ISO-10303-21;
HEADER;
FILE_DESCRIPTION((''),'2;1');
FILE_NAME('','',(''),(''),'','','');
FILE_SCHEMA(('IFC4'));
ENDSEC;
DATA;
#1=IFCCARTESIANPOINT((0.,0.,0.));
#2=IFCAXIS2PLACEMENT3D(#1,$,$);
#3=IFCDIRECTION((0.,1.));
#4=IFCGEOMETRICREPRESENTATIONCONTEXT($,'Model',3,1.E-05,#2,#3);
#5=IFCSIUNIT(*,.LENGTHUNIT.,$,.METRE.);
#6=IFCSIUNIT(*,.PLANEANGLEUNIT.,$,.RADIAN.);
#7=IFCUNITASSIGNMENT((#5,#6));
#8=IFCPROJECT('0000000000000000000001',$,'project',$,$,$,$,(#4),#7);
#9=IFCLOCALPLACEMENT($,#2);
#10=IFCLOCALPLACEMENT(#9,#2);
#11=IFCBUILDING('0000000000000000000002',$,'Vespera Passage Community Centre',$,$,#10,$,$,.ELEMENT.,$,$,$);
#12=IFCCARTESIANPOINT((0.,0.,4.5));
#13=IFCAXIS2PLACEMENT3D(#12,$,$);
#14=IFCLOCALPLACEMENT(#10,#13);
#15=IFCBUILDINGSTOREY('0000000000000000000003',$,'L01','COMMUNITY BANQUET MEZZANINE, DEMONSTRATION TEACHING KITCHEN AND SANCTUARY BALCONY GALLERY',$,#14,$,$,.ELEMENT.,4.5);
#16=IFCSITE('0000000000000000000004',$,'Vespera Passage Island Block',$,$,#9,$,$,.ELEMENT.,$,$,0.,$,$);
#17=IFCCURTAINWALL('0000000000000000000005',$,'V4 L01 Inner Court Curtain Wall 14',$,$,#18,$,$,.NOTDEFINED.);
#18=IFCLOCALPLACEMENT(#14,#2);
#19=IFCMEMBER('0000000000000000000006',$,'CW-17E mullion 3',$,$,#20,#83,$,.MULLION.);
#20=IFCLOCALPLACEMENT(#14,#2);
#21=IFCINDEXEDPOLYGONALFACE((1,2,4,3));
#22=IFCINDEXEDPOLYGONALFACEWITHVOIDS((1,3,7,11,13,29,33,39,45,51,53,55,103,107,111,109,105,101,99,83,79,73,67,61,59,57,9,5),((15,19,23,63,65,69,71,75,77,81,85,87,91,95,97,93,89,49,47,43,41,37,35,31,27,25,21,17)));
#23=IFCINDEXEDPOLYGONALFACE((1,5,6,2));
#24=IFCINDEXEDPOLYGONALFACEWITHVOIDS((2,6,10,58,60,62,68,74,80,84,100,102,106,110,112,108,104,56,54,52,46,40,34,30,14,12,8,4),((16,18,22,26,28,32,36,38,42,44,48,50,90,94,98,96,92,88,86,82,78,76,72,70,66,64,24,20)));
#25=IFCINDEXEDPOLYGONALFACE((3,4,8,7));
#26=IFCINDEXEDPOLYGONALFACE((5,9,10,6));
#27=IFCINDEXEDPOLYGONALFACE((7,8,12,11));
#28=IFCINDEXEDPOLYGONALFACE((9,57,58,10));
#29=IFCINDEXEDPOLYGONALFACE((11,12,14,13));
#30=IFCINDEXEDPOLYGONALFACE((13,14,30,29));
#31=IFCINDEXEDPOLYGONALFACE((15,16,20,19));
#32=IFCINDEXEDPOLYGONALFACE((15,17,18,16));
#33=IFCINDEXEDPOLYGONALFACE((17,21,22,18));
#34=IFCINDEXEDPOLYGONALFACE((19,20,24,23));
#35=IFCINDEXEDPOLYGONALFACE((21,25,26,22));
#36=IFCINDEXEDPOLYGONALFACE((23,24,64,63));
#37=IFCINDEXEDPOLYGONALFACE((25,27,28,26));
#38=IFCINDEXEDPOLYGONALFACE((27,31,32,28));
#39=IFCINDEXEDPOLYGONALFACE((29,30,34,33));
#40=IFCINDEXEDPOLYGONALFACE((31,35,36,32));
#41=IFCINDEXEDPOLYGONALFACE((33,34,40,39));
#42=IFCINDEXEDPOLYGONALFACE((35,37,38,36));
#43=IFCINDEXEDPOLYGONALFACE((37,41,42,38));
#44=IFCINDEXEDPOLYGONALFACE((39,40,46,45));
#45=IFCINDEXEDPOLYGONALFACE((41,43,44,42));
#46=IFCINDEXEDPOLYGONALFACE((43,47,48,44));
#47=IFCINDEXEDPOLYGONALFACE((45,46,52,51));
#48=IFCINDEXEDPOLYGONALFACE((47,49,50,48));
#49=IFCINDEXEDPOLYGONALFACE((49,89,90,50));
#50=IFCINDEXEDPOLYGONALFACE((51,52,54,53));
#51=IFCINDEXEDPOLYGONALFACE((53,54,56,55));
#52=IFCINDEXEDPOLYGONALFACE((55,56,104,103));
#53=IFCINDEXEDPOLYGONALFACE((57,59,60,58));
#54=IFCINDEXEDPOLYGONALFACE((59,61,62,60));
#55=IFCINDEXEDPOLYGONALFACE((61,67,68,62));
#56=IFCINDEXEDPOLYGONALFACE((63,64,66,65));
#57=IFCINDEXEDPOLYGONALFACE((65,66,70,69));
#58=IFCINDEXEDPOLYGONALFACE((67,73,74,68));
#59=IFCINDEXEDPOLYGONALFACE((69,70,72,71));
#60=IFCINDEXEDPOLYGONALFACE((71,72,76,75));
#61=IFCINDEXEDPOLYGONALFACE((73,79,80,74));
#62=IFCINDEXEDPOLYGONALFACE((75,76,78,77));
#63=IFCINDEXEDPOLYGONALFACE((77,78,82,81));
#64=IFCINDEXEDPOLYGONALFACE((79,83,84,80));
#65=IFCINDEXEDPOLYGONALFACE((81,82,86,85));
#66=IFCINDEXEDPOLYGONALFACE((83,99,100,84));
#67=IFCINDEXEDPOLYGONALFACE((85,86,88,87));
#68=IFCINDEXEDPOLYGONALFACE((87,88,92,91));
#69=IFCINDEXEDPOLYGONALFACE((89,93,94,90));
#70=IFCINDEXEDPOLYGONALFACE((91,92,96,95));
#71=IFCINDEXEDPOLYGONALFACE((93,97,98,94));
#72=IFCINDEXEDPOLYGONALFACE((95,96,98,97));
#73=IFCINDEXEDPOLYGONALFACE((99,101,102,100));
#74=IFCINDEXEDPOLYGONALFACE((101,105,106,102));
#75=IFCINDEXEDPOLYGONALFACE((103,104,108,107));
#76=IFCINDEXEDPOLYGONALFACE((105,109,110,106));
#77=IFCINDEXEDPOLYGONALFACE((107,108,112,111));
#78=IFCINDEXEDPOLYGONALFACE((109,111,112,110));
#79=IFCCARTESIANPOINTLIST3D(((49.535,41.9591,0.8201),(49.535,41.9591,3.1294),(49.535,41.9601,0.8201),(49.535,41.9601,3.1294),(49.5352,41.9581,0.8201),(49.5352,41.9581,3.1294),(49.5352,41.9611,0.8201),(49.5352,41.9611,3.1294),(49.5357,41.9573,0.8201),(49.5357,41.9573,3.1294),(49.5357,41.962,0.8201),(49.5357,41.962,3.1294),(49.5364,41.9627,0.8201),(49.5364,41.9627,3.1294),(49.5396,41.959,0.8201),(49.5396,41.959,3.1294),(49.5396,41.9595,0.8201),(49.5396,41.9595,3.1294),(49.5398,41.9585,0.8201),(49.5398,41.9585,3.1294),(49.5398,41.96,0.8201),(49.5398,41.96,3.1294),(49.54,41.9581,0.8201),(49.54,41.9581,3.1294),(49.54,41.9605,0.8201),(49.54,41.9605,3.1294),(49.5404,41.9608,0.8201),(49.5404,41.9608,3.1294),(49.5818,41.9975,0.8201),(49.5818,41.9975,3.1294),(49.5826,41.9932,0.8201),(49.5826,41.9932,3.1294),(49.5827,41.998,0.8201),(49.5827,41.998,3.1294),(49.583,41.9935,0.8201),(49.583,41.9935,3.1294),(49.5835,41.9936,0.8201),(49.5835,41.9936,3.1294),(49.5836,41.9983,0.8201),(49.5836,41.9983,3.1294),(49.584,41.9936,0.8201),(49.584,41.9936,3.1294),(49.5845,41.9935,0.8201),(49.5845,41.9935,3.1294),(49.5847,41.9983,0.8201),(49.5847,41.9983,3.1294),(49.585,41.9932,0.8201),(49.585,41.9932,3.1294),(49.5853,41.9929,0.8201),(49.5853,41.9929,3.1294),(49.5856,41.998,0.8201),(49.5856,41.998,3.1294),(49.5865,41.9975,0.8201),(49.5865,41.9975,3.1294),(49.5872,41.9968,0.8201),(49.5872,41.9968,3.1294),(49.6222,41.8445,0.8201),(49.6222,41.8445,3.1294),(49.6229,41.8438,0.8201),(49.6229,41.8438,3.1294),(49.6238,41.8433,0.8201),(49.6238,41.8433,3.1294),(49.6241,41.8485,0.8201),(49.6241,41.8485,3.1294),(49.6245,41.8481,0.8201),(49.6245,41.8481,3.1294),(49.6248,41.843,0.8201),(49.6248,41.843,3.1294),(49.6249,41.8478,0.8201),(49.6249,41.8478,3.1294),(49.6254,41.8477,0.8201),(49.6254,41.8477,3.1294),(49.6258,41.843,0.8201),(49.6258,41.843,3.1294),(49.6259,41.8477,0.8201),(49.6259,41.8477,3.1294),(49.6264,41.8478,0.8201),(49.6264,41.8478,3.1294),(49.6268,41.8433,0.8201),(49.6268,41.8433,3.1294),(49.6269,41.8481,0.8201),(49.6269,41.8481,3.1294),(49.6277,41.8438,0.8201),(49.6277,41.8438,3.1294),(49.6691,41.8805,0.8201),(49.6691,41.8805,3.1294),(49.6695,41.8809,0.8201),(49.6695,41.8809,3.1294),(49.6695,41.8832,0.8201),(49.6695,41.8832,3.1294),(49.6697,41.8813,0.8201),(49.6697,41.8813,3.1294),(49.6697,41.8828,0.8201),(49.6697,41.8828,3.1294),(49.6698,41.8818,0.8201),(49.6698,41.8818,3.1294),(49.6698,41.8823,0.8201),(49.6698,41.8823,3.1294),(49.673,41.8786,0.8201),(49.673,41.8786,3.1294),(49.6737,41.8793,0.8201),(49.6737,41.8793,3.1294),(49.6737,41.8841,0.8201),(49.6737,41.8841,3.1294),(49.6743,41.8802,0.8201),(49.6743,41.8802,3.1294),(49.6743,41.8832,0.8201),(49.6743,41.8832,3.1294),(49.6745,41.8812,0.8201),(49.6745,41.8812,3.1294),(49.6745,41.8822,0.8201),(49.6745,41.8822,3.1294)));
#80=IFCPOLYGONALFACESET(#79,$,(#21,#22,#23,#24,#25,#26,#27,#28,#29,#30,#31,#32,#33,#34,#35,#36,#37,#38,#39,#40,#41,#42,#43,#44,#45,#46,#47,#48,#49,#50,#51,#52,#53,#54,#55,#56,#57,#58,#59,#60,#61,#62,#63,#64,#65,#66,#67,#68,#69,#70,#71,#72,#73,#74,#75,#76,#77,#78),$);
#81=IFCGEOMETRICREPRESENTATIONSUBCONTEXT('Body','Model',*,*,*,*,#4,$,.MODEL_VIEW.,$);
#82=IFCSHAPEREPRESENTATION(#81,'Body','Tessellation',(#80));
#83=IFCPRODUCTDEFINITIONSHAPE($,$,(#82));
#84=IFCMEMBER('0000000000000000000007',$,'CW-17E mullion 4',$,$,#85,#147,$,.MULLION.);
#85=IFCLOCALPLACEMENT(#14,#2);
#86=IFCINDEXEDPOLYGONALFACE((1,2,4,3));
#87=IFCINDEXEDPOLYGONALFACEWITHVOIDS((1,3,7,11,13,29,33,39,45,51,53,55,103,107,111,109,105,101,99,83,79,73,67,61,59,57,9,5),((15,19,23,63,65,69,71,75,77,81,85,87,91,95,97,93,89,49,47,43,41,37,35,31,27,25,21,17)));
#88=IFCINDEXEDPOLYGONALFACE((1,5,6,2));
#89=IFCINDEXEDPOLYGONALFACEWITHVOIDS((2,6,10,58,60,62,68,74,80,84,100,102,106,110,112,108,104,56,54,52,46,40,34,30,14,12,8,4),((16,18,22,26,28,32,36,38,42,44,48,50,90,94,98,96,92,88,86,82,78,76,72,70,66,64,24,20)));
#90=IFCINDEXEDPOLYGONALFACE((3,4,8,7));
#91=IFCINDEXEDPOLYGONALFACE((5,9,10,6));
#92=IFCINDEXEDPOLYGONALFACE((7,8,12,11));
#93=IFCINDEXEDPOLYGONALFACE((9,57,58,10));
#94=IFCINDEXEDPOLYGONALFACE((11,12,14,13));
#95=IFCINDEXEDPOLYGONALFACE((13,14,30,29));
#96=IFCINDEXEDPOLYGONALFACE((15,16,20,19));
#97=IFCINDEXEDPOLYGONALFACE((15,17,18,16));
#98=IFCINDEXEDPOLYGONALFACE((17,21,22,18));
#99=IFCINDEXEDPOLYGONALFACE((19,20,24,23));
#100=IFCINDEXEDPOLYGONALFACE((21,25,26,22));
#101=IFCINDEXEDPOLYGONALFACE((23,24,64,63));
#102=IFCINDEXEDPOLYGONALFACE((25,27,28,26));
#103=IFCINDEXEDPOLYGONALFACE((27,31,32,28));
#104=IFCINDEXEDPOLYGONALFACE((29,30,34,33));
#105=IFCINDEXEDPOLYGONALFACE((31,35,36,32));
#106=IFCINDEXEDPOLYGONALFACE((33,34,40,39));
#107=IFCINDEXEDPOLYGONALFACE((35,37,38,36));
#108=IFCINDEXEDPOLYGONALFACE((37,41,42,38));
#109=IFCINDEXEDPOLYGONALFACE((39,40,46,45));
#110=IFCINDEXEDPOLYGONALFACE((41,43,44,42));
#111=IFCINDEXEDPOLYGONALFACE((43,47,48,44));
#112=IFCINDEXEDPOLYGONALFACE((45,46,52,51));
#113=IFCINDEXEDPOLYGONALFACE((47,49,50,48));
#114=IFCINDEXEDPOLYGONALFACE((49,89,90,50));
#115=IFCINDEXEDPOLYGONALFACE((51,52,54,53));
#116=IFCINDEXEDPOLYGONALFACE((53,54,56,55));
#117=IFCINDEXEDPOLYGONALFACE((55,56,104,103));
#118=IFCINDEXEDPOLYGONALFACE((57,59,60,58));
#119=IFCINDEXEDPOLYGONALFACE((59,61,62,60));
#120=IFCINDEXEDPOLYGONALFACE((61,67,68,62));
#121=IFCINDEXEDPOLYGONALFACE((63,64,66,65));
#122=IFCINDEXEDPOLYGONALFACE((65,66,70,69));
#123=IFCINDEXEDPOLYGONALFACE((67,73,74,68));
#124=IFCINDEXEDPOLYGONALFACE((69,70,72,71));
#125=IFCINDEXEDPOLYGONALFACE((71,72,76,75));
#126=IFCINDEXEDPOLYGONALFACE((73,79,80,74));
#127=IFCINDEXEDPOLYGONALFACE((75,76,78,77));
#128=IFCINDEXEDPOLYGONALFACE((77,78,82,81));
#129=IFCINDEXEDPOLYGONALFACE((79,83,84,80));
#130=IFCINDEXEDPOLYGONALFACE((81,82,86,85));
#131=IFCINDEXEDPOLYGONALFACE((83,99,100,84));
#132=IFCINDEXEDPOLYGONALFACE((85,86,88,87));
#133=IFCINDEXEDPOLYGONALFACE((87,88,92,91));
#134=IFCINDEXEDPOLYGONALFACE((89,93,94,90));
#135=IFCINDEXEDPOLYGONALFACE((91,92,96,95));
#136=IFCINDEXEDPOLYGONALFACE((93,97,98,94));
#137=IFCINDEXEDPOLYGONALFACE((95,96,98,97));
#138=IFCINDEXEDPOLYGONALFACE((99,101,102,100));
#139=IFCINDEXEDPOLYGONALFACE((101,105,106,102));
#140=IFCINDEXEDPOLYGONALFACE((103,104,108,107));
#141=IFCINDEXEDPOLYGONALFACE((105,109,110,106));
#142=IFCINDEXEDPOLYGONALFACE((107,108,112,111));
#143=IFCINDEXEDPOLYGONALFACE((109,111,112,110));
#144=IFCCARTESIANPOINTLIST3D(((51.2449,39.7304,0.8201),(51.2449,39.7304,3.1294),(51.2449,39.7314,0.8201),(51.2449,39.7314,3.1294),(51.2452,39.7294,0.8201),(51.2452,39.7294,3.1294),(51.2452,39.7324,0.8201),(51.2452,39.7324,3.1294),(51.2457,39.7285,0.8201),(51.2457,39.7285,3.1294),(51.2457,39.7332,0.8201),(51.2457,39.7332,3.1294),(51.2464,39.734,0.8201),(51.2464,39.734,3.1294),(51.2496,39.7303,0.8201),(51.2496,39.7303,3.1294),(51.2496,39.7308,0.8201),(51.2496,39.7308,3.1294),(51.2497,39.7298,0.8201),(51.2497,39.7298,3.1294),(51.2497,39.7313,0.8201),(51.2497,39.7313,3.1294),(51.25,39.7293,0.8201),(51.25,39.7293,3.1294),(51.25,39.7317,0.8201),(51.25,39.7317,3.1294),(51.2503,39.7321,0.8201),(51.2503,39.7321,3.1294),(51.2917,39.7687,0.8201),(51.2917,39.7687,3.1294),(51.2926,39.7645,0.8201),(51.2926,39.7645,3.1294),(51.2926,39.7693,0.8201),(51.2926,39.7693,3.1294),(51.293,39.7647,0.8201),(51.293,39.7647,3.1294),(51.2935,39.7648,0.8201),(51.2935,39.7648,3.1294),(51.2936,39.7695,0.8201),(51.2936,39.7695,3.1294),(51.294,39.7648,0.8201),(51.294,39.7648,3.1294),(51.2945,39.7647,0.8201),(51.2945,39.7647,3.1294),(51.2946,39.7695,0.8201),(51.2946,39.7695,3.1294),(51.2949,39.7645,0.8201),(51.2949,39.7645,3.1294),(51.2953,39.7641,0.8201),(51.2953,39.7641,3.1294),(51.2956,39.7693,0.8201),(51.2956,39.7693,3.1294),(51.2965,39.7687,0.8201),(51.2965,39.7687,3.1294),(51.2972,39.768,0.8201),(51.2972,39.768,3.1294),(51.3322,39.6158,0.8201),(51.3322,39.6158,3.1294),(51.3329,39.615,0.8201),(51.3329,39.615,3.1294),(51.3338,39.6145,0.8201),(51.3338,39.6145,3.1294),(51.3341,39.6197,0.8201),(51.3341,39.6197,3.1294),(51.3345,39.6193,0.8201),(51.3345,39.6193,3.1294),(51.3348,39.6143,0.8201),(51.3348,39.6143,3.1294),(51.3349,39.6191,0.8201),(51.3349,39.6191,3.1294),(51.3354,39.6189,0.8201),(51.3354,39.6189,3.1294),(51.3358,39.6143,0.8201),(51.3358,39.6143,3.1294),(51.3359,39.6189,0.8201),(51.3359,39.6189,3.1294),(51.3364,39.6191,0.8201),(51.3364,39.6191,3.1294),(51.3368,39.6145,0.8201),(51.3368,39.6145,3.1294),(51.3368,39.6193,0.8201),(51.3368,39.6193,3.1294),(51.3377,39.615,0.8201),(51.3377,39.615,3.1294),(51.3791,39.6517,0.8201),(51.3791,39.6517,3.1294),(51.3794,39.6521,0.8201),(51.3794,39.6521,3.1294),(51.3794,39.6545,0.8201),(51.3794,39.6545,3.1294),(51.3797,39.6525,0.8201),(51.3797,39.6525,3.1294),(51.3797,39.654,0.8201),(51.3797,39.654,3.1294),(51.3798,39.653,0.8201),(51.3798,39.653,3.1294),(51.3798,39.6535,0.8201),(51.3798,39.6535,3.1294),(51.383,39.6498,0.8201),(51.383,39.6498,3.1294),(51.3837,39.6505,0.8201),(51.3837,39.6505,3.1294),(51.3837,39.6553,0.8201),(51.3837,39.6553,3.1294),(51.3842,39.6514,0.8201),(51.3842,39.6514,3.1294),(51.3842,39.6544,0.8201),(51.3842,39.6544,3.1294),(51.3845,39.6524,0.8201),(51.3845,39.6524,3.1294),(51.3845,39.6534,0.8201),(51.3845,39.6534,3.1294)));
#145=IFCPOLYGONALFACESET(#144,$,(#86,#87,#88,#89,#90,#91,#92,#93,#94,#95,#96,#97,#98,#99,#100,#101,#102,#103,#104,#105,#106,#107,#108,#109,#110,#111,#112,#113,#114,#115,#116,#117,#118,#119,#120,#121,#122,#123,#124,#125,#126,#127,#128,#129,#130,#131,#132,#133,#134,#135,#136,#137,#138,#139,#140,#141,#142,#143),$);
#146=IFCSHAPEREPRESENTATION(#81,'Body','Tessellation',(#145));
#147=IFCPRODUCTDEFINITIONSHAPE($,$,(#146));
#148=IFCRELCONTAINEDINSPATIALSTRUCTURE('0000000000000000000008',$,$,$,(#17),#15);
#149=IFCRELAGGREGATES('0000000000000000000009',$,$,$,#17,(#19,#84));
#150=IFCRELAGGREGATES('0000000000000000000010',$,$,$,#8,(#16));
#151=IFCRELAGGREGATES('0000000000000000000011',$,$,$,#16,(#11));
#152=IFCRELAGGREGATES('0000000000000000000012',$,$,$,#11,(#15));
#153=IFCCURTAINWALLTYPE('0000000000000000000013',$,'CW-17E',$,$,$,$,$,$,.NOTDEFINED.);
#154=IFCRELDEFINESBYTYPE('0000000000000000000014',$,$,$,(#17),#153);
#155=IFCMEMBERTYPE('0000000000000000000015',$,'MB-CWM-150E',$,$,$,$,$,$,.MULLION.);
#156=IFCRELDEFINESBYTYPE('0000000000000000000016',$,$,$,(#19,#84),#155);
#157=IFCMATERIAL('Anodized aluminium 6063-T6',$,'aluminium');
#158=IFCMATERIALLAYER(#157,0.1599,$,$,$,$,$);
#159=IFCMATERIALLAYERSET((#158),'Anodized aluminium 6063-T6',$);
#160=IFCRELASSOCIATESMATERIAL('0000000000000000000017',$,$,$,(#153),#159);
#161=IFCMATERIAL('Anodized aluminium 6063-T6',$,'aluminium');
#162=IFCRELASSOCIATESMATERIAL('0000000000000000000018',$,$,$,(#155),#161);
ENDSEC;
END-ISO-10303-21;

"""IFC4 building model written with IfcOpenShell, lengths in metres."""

from ifc_helpers import new_model, si_unit, direction, frame, origin, origin_2d, place, context, subcontext, project, spatial, hollow_rectangle, extrude, material, layer, layer_set, material_profile, profile_set, type_object, element, aggregate, save


model = new_model("IFC4")

# Units and contexts
model_context = context("Model", 3, precision=1e-05, world=origin(), true_north=direction((0.0, 1.0)))
body_context = subcontext(model_context, "Body", "Model", "MODEL_VIEW")
ifc_project = project(units=[si_unit("LENGTHUNIT", "METRE"), si_unit("PLANEANGLEUNIT", "RADIAN")], contexts=[model_context])

# Site, building, storey
site_placement = place(None, origin())
site = spatial("IfcSite", under=ifc_project, at=site_placement, Name="Vespera Passage Island Block", CompositionType="ELEMENT", RefElevation=0.0)
building_placement = place(site_placement, origin())
building = spatial("IfcBuilding", under=site, at=building_placement, Name="Vespera Passage Community Centre", CompositionType="ELEMENT")
storey_placement = place(building_placement, frame((0.0, 0.0, 4.5)))
storey = spatial("IfcBuildingStorey", under=building, at=storey_placement, Name="L01", Description="COMMUNITY BANQUET MEZZANINE, DEMONSTRATION TEACHING KITCHEN AND SANCTUARY BALCONY GALLERY", CompositionType="ELEMENT", Elevation=4.5)

# Curtain wall, members
ifc_material_1 = material(Name="Anodized aluminium 6063-T6", Category="aluminium")
ifc_layer_1 = layer(ifc_material_1, 0.1599)
ifc_layer_set_1 = layer_set([ifc_layer_1], Name="Anodized aluminium 6063-T6")
curtain_wall_type_1 = type_object("IfcCurtainWallType", Name="CW-17E", PredefinedType="NOTDEFINED", material=ifc_layer_set_1)
curtain_wall_1_placement = place(storey_placement, origin())
curtain_wall_1 = element("IfcCurtainWall", 1, at=curtain_wall_1_placement, inside=storey, type_object=curtain_wall_type_1, Name="V4 L01 Inner Court Curtain Wall 14", PredefinedType="NOTDEFINED")
ifc_material_2 = material(Name="Anodized aluminium 6063-T6", Category="aluminium")
ifc_material_profile_1 = material_profile(ifc_material_2, hollow_rectangle(XDim=0.0649, YDim=0.1499, WallThickness=0.0039, InnerFilletRadius=0.002, OuterFilletRadius=0.0039, at=origin_2d()), Name="ALU150X65X4")
ifc_profile_set_1 = profile_set([ifc_material_profile_1], Name="Anodized aluminium 6063-T6")
member_type_1 = type_object("IfcMemberType", Name="MB-CWM-150E", PredefinedType="MULLION", material=ifc_profile_set_1)
member_1_placement = place(storey_placement, frame((49.6047, 41.9207, 0.8201), z_axis=(0.0, 0.0, 1.0), x_axis=(0.793358, 0.608755, 0.0)))
member_1 = element("IfcMember", 2, at=member_1_placement, type_object=member_type_1, Name="CW-17E mullion 3", PredefinedType="MULLION", context=body_context, shape_type="SweptSolid", body=[
    extrude(hollow_rectangle(XDim=0.0649, YDim=0.1499, WallThickness=0.0039, InnerFilletRadius=0.002, OuterFilletRadius=0.0039, at=origin_2d()), origin(), (0.0, 0.0, 1.0), 2.3093),
])
member_2_placement = place(storey_placement, frame((51.3147, 39.6919, 0.8201), z_axis=(0.0, 0.0, 1.0), x_axis=(0.793358, 0.608755, 0.0)))
member_2 = element("IfcMember", 3, at=member_2_placement, type_object=member_type_1, Name="CW-17E mullion 4", PredefinedType="MULLION", context=body_context, shape_type="SweptSolid", body=[
    extrude(hollow_rectangle(XDim=0.0649, YDim=0.1499, WallThickness=0.0039, InnerFilletRadius=0.002, OuterFilletRadius=0.0039, at=origin_2d()), origin(), (0.0, 0.0, 1.0), 2.3093),
])

aggregate(curtain_wall_1, [member_1, member_2])

save(model, "model.ifc")
